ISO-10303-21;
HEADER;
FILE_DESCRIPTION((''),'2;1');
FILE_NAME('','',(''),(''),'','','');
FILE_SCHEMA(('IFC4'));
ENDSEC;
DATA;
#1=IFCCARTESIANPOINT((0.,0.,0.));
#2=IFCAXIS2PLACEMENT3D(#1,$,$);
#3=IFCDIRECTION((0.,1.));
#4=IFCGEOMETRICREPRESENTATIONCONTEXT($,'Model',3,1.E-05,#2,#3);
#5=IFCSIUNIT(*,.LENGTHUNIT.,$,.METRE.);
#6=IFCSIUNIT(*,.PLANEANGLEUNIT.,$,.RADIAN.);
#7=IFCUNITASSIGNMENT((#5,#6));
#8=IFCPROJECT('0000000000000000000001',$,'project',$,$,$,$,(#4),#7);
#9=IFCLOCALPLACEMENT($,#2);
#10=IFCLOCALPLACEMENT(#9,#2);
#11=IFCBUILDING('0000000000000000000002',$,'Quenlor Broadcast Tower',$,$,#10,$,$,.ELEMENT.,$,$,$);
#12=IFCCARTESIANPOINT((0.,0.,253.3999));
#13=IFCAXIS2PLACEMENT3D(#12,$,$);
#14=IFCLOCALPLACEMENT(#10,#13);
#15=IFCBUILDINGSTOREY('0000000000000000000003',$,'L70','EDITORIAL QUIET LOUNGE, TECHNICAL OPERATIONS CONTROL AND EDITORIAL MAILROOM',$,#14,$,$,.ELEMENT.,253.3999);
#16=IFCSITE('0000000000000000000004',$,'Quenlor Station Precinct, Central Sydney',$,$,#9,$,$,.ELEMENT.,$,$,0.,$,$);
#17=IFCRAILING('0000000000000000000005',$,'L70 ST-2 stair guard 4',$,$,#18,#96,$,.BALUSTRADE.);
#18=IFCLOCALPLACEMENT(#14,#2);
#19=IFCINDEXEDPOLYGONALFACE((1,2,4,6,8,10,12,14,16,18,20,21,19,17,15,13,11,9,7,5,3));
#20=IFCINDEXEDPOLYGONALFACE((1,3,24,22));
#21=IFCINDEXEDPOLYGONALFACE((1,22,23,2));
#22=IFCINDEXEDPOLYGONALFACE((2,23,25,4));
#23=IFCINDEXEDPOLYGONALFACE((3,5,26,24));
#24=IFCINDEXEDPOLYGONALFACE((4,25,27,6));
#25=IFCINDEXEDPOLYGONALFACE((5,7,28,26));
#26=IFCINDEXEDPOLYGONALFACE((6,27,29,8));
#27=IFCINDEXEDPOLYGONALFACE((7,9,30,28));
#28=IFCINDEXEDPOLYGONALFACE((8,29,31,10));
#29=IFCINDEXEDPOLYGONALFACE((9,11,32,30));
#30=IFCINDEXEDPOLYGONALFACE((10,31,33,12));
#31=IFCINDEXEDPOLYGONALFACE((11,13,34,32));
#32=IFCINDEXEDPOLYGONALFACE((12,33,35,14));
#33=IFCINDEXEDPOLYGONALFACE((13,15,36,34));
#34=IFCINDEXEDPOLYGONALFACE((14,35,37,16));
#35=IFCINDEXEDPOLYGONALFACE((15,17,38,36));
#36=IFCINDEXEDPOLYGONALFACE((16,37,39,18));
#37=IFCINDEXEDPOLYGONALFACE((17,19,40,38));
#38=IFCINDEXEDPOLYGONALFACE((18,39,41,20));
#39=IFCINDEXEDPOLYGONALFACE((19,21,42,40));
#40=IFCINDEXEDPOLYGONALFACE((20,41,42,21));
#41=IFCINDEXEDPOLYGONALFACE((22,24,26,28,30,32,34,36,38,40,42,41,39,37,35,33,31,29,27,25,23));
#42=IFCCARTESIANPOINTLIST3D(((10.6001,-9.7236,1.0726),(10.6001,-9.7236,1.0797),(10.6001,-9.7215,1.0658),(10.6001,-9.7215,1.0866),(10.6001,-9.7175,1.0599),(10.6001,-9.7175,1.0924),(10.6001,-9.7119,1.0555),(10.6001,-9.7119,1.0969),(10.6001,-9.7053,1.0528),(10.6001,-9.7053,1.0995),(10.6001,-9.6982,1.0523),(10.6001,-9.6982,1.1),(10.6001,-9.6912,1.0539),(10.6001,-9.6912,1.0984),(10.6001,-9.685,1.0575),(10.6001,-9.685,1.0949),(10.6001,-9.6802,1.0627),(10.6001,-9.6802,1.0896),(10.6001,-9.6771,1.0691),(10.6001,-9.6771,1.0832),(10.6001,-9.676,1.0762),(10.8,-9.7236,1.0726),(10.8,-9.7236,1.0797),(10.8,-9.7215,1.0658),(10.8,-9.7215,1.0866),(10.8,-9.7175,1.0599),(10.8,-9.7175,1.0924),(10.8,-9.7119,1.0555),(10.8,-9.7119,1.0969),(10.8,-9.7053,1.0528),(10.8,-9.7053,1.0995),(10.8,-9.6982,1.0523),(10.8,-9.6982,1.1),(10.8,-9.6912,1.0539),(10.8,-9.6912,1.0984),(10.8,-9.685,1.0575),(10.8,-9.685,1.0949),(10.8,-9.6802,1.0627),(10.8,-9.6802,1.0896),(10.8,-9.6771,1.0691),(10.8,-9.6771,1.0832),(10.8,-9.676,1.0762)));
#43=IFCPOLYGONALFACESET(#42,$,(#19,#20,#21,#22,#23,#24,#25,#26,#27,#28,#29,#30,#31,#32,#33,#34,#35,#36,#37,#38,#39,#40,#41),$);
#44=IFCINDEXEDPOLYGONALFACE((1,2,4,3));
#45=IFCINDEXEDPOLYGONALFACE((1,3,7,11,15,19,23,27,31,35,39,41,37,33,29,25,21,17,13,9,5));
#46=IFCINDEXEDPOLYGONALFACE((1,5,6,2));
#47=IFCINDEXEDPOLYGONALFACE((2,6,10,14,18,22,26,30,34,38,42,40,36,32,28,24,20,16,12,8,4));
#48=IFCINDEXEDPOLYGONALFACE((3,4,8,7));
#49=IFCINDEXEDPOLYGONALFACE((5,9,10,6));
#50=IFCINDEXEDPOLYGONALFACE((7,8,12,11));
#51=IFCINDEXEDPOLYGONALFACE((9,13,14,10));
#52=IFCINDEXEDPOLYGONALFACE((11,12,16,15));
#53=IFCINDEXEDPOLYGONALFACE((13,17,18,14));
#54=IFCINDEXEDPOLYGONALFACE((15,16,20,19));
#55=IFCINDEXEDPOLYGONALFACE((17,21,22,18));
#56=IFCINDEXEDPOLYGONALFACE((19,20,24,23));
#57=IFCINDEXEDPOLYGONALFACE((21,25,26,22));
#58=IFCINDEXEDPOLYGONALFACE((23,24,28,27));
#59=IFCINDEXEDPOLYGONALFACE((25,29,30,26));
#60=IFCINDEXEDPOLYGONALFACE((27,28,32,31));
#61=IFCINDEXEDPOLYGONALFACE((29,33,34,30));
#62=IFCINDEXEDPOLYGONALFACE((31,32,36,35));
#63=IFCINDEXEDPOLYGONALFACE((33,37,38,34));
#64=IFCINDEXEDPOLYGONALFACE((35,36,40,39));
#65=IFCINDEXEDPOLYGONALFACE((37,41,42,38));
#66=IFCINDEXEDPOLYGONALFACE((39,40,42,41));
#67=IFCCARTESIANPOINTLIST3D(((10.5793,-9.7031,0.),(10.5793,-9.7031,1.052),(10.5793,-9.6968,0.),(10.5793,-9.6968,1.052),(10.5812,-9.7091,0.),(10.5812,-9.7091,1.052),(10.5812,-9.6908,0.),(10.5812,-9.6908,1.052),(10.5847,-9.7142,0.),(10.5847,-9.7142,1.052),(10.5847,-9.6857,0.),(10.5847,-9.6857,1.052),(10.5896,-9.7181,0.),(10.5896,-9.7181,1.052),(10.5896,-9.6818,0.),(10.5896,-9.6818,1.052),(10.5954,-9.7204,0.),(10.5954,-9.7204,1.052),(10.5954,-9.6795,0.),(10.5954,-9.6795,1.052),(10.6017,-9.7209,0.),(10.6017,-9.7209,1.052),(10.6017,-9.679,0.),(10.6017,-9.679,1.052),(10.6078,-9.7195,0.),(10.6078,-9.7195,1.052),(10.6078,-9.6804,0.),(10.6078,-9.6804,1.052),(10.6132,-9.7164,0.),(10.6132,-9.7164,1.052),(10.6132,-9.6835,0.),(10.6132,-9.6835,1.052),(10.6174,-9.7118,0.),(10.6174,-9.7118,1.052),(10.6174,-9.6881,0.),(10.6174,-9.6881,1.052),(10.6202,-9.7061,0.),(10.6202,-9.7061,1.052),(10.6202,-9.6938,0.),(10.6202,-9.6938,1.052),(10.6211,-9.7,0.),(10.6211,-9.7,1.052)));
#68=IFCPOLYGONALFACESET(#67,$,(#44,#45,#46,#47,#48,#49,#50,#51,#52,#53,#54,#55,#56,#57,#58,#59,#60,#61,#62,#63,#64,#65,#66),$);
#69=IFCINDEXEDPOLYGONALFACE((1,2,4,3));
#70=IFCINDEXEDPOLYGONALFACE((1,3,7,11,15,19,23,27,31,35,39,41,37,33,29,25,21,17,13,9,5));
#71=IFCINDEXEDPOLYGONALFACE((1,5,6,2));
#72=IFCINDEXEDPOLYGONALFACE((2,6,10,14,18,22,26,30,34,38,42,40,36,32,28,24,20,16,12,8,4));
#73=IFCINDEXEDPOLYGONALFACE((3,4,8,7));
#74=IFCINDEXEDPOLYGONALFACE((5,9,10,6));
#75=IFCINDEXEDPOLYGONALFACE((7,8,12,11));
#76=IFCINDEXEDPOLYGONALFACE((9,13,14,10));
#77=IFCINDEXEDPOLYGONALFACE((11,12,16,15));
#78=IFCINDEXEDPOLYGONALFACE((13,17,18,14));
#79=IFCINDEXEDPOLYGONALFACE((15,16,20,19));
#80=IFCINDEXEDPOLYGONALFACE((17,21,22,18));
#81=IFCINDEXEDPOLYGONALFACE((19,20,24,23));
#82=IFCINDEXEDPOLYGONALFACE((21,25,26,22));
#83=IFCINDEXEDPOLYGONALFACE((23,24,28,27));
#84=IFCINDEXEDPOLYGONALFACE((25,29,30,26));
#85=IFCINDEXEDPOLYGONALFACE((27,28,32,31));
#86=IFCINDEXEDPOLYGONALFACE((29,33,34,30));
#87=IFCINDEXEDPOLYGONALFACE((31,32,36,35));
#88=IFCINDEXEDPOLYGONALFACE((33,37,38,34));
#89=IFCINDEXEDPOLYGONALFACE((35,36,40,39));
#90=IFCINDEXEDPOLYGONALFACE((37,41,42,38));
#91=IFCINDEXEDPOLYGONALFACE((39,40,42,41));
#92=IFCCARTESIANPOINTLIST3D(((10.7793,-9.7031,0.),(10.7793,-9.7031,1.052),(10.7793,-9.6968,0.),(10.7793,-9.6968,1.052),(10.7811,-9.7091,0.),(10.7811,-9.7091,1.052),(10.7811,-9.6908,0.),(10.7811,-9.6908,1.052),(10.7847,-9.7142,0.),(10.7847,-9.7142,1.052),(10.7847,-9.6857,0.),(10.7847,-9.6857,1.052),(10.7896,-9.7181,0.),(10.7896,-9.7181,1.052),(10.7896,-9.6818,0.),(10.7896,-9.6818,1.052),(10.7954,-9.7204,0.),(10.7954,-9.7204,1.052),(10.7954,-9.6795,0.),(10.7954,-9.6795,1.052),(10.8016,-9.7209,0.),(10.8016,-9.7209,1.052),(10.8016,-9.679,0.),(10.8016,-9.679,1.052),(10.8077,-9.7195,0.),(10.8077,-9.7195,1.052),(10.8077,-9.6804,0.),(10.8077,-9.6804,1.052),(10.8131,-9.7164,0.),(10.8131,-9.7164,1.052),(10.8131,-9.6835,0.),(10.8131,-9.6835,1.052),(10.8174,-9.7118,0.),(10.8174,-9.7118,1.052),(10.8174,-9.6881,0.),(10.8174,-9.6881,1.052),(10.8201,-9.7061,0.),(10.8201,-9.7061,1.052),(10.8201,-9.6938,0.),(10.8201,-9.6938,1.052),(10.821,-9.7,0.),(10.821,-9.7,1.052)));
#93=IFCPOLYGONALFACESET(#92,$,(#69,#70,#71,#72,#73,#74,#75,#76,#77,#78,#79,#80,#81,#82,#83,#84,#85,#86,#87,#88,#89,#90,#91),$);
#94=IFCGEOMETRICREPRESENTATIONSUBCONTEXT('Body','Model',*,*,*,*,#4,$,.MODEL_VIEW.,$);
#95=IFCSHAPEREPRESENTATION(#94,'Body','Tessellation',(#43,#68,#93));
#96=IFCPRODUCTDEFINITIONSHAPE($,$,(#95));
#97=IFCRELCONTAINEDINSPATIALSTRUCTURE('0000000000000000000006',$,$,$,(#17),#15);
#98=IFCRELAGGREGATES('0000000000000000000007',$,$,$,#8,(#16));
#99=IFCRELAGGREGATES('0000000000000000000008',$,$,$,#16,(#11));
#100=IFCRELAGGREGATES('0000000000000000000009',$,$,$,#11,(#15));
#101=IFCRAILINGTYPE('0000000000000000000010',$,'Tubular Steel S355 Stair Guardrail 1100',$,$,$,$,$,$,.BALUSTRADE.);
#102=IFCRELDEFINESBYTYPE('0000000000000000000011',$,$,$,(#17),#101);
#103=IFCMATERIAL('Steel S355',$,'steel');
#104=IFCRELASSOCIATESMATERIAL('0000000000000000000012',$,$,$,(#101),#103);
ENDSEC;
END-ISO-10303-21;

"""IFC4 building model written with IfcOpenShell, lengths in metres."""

from ifc_helpers import new_model, si_unit, direction, frame, origin, origin_2d, place, context, subcontext, project, spatial, circle, extrude, material, type_object, element, save


model = new_model("IFC4")

# Units and contexts
model_context = context("Model", 3, precision=1e-05, world=origin(), true_north=direction((0.0, 1.0)))
body_context = subcontext(model_context, "Body", "Model", "MODEL_VIEW")
ifc_project = project(units=[si_unit("LENGTHUNIT", "METRE"), si_unit("PLANEANGLEUNIT", "RADIAN")], contexts=[model_context])

# Site, building, storey
site_placement = place(None, origin())
site = spatial("IfcSite", under=ifc_project, at=site_placement, Name="Quenlor Station Precinct, Central Sydney", CompositionType="ELEMENT", RefElevation=0.0)
building_placement = place(site_placement, origin())
building = spatial("IfcBuilding", under=site, at=building_placement, Name="Quenlor Broadcast Tower", CompositionType="ELEMENT")
storey_placement = place(building_placement, frame((0.0, 0.0, 253.3999)))
storey = spatial("IfcBuildingStorey", under=building, at=storey_placement, Name="L70", Description="EDITORIAL QUIET LOUNGE, TECHNICAL OPERATIONS CONTROL AND EDITORIAL MAILROOM", CompositionType="ELEMENT", Elevation=253.3999)

# Railing
ifc_material_1 = material(Name="Steel S355", Category="steel")
railing_type_1 = type_object("IfcRailingType", Name="Tubular Steel S355 Stair Guardrail 1100", PredefinedType="BALUSTRADE", material=ifc_material_1)
railing_1_placement = place(storey_placement, frame((10.6001, -9.7, 0.0)))
element("IfcRailing", 1, at=railing_1_placement, inside=storey, type_object=railing_type_1, Name="L70 ST-2 stair guard 4", PredefinedType="BALUSTRADE", context=body_context, shape_type="SweptSolid", body=[
    extrude(circle(Radius=0.0239, at=origin_2d()), frame((0.0, 0.0, 1.0762), z_axis=(1.0, 0.0, 0.0), x_axis=(0.0, 1.0, 0.0)), (0.0, 0.0, 1.0), 0.2),
    extrude(circle(Radius=0.021, at=origin_2d()), origin(), (0.0, 0.0, 1.0), 1.052),
    extrude(circle(Radius=0.021, at=origin_2d()), frame((0.2, 0.0, 0.0)), (0.0, 0.0, 1.0), 1.052),
])

save(model, "model.ifc")
